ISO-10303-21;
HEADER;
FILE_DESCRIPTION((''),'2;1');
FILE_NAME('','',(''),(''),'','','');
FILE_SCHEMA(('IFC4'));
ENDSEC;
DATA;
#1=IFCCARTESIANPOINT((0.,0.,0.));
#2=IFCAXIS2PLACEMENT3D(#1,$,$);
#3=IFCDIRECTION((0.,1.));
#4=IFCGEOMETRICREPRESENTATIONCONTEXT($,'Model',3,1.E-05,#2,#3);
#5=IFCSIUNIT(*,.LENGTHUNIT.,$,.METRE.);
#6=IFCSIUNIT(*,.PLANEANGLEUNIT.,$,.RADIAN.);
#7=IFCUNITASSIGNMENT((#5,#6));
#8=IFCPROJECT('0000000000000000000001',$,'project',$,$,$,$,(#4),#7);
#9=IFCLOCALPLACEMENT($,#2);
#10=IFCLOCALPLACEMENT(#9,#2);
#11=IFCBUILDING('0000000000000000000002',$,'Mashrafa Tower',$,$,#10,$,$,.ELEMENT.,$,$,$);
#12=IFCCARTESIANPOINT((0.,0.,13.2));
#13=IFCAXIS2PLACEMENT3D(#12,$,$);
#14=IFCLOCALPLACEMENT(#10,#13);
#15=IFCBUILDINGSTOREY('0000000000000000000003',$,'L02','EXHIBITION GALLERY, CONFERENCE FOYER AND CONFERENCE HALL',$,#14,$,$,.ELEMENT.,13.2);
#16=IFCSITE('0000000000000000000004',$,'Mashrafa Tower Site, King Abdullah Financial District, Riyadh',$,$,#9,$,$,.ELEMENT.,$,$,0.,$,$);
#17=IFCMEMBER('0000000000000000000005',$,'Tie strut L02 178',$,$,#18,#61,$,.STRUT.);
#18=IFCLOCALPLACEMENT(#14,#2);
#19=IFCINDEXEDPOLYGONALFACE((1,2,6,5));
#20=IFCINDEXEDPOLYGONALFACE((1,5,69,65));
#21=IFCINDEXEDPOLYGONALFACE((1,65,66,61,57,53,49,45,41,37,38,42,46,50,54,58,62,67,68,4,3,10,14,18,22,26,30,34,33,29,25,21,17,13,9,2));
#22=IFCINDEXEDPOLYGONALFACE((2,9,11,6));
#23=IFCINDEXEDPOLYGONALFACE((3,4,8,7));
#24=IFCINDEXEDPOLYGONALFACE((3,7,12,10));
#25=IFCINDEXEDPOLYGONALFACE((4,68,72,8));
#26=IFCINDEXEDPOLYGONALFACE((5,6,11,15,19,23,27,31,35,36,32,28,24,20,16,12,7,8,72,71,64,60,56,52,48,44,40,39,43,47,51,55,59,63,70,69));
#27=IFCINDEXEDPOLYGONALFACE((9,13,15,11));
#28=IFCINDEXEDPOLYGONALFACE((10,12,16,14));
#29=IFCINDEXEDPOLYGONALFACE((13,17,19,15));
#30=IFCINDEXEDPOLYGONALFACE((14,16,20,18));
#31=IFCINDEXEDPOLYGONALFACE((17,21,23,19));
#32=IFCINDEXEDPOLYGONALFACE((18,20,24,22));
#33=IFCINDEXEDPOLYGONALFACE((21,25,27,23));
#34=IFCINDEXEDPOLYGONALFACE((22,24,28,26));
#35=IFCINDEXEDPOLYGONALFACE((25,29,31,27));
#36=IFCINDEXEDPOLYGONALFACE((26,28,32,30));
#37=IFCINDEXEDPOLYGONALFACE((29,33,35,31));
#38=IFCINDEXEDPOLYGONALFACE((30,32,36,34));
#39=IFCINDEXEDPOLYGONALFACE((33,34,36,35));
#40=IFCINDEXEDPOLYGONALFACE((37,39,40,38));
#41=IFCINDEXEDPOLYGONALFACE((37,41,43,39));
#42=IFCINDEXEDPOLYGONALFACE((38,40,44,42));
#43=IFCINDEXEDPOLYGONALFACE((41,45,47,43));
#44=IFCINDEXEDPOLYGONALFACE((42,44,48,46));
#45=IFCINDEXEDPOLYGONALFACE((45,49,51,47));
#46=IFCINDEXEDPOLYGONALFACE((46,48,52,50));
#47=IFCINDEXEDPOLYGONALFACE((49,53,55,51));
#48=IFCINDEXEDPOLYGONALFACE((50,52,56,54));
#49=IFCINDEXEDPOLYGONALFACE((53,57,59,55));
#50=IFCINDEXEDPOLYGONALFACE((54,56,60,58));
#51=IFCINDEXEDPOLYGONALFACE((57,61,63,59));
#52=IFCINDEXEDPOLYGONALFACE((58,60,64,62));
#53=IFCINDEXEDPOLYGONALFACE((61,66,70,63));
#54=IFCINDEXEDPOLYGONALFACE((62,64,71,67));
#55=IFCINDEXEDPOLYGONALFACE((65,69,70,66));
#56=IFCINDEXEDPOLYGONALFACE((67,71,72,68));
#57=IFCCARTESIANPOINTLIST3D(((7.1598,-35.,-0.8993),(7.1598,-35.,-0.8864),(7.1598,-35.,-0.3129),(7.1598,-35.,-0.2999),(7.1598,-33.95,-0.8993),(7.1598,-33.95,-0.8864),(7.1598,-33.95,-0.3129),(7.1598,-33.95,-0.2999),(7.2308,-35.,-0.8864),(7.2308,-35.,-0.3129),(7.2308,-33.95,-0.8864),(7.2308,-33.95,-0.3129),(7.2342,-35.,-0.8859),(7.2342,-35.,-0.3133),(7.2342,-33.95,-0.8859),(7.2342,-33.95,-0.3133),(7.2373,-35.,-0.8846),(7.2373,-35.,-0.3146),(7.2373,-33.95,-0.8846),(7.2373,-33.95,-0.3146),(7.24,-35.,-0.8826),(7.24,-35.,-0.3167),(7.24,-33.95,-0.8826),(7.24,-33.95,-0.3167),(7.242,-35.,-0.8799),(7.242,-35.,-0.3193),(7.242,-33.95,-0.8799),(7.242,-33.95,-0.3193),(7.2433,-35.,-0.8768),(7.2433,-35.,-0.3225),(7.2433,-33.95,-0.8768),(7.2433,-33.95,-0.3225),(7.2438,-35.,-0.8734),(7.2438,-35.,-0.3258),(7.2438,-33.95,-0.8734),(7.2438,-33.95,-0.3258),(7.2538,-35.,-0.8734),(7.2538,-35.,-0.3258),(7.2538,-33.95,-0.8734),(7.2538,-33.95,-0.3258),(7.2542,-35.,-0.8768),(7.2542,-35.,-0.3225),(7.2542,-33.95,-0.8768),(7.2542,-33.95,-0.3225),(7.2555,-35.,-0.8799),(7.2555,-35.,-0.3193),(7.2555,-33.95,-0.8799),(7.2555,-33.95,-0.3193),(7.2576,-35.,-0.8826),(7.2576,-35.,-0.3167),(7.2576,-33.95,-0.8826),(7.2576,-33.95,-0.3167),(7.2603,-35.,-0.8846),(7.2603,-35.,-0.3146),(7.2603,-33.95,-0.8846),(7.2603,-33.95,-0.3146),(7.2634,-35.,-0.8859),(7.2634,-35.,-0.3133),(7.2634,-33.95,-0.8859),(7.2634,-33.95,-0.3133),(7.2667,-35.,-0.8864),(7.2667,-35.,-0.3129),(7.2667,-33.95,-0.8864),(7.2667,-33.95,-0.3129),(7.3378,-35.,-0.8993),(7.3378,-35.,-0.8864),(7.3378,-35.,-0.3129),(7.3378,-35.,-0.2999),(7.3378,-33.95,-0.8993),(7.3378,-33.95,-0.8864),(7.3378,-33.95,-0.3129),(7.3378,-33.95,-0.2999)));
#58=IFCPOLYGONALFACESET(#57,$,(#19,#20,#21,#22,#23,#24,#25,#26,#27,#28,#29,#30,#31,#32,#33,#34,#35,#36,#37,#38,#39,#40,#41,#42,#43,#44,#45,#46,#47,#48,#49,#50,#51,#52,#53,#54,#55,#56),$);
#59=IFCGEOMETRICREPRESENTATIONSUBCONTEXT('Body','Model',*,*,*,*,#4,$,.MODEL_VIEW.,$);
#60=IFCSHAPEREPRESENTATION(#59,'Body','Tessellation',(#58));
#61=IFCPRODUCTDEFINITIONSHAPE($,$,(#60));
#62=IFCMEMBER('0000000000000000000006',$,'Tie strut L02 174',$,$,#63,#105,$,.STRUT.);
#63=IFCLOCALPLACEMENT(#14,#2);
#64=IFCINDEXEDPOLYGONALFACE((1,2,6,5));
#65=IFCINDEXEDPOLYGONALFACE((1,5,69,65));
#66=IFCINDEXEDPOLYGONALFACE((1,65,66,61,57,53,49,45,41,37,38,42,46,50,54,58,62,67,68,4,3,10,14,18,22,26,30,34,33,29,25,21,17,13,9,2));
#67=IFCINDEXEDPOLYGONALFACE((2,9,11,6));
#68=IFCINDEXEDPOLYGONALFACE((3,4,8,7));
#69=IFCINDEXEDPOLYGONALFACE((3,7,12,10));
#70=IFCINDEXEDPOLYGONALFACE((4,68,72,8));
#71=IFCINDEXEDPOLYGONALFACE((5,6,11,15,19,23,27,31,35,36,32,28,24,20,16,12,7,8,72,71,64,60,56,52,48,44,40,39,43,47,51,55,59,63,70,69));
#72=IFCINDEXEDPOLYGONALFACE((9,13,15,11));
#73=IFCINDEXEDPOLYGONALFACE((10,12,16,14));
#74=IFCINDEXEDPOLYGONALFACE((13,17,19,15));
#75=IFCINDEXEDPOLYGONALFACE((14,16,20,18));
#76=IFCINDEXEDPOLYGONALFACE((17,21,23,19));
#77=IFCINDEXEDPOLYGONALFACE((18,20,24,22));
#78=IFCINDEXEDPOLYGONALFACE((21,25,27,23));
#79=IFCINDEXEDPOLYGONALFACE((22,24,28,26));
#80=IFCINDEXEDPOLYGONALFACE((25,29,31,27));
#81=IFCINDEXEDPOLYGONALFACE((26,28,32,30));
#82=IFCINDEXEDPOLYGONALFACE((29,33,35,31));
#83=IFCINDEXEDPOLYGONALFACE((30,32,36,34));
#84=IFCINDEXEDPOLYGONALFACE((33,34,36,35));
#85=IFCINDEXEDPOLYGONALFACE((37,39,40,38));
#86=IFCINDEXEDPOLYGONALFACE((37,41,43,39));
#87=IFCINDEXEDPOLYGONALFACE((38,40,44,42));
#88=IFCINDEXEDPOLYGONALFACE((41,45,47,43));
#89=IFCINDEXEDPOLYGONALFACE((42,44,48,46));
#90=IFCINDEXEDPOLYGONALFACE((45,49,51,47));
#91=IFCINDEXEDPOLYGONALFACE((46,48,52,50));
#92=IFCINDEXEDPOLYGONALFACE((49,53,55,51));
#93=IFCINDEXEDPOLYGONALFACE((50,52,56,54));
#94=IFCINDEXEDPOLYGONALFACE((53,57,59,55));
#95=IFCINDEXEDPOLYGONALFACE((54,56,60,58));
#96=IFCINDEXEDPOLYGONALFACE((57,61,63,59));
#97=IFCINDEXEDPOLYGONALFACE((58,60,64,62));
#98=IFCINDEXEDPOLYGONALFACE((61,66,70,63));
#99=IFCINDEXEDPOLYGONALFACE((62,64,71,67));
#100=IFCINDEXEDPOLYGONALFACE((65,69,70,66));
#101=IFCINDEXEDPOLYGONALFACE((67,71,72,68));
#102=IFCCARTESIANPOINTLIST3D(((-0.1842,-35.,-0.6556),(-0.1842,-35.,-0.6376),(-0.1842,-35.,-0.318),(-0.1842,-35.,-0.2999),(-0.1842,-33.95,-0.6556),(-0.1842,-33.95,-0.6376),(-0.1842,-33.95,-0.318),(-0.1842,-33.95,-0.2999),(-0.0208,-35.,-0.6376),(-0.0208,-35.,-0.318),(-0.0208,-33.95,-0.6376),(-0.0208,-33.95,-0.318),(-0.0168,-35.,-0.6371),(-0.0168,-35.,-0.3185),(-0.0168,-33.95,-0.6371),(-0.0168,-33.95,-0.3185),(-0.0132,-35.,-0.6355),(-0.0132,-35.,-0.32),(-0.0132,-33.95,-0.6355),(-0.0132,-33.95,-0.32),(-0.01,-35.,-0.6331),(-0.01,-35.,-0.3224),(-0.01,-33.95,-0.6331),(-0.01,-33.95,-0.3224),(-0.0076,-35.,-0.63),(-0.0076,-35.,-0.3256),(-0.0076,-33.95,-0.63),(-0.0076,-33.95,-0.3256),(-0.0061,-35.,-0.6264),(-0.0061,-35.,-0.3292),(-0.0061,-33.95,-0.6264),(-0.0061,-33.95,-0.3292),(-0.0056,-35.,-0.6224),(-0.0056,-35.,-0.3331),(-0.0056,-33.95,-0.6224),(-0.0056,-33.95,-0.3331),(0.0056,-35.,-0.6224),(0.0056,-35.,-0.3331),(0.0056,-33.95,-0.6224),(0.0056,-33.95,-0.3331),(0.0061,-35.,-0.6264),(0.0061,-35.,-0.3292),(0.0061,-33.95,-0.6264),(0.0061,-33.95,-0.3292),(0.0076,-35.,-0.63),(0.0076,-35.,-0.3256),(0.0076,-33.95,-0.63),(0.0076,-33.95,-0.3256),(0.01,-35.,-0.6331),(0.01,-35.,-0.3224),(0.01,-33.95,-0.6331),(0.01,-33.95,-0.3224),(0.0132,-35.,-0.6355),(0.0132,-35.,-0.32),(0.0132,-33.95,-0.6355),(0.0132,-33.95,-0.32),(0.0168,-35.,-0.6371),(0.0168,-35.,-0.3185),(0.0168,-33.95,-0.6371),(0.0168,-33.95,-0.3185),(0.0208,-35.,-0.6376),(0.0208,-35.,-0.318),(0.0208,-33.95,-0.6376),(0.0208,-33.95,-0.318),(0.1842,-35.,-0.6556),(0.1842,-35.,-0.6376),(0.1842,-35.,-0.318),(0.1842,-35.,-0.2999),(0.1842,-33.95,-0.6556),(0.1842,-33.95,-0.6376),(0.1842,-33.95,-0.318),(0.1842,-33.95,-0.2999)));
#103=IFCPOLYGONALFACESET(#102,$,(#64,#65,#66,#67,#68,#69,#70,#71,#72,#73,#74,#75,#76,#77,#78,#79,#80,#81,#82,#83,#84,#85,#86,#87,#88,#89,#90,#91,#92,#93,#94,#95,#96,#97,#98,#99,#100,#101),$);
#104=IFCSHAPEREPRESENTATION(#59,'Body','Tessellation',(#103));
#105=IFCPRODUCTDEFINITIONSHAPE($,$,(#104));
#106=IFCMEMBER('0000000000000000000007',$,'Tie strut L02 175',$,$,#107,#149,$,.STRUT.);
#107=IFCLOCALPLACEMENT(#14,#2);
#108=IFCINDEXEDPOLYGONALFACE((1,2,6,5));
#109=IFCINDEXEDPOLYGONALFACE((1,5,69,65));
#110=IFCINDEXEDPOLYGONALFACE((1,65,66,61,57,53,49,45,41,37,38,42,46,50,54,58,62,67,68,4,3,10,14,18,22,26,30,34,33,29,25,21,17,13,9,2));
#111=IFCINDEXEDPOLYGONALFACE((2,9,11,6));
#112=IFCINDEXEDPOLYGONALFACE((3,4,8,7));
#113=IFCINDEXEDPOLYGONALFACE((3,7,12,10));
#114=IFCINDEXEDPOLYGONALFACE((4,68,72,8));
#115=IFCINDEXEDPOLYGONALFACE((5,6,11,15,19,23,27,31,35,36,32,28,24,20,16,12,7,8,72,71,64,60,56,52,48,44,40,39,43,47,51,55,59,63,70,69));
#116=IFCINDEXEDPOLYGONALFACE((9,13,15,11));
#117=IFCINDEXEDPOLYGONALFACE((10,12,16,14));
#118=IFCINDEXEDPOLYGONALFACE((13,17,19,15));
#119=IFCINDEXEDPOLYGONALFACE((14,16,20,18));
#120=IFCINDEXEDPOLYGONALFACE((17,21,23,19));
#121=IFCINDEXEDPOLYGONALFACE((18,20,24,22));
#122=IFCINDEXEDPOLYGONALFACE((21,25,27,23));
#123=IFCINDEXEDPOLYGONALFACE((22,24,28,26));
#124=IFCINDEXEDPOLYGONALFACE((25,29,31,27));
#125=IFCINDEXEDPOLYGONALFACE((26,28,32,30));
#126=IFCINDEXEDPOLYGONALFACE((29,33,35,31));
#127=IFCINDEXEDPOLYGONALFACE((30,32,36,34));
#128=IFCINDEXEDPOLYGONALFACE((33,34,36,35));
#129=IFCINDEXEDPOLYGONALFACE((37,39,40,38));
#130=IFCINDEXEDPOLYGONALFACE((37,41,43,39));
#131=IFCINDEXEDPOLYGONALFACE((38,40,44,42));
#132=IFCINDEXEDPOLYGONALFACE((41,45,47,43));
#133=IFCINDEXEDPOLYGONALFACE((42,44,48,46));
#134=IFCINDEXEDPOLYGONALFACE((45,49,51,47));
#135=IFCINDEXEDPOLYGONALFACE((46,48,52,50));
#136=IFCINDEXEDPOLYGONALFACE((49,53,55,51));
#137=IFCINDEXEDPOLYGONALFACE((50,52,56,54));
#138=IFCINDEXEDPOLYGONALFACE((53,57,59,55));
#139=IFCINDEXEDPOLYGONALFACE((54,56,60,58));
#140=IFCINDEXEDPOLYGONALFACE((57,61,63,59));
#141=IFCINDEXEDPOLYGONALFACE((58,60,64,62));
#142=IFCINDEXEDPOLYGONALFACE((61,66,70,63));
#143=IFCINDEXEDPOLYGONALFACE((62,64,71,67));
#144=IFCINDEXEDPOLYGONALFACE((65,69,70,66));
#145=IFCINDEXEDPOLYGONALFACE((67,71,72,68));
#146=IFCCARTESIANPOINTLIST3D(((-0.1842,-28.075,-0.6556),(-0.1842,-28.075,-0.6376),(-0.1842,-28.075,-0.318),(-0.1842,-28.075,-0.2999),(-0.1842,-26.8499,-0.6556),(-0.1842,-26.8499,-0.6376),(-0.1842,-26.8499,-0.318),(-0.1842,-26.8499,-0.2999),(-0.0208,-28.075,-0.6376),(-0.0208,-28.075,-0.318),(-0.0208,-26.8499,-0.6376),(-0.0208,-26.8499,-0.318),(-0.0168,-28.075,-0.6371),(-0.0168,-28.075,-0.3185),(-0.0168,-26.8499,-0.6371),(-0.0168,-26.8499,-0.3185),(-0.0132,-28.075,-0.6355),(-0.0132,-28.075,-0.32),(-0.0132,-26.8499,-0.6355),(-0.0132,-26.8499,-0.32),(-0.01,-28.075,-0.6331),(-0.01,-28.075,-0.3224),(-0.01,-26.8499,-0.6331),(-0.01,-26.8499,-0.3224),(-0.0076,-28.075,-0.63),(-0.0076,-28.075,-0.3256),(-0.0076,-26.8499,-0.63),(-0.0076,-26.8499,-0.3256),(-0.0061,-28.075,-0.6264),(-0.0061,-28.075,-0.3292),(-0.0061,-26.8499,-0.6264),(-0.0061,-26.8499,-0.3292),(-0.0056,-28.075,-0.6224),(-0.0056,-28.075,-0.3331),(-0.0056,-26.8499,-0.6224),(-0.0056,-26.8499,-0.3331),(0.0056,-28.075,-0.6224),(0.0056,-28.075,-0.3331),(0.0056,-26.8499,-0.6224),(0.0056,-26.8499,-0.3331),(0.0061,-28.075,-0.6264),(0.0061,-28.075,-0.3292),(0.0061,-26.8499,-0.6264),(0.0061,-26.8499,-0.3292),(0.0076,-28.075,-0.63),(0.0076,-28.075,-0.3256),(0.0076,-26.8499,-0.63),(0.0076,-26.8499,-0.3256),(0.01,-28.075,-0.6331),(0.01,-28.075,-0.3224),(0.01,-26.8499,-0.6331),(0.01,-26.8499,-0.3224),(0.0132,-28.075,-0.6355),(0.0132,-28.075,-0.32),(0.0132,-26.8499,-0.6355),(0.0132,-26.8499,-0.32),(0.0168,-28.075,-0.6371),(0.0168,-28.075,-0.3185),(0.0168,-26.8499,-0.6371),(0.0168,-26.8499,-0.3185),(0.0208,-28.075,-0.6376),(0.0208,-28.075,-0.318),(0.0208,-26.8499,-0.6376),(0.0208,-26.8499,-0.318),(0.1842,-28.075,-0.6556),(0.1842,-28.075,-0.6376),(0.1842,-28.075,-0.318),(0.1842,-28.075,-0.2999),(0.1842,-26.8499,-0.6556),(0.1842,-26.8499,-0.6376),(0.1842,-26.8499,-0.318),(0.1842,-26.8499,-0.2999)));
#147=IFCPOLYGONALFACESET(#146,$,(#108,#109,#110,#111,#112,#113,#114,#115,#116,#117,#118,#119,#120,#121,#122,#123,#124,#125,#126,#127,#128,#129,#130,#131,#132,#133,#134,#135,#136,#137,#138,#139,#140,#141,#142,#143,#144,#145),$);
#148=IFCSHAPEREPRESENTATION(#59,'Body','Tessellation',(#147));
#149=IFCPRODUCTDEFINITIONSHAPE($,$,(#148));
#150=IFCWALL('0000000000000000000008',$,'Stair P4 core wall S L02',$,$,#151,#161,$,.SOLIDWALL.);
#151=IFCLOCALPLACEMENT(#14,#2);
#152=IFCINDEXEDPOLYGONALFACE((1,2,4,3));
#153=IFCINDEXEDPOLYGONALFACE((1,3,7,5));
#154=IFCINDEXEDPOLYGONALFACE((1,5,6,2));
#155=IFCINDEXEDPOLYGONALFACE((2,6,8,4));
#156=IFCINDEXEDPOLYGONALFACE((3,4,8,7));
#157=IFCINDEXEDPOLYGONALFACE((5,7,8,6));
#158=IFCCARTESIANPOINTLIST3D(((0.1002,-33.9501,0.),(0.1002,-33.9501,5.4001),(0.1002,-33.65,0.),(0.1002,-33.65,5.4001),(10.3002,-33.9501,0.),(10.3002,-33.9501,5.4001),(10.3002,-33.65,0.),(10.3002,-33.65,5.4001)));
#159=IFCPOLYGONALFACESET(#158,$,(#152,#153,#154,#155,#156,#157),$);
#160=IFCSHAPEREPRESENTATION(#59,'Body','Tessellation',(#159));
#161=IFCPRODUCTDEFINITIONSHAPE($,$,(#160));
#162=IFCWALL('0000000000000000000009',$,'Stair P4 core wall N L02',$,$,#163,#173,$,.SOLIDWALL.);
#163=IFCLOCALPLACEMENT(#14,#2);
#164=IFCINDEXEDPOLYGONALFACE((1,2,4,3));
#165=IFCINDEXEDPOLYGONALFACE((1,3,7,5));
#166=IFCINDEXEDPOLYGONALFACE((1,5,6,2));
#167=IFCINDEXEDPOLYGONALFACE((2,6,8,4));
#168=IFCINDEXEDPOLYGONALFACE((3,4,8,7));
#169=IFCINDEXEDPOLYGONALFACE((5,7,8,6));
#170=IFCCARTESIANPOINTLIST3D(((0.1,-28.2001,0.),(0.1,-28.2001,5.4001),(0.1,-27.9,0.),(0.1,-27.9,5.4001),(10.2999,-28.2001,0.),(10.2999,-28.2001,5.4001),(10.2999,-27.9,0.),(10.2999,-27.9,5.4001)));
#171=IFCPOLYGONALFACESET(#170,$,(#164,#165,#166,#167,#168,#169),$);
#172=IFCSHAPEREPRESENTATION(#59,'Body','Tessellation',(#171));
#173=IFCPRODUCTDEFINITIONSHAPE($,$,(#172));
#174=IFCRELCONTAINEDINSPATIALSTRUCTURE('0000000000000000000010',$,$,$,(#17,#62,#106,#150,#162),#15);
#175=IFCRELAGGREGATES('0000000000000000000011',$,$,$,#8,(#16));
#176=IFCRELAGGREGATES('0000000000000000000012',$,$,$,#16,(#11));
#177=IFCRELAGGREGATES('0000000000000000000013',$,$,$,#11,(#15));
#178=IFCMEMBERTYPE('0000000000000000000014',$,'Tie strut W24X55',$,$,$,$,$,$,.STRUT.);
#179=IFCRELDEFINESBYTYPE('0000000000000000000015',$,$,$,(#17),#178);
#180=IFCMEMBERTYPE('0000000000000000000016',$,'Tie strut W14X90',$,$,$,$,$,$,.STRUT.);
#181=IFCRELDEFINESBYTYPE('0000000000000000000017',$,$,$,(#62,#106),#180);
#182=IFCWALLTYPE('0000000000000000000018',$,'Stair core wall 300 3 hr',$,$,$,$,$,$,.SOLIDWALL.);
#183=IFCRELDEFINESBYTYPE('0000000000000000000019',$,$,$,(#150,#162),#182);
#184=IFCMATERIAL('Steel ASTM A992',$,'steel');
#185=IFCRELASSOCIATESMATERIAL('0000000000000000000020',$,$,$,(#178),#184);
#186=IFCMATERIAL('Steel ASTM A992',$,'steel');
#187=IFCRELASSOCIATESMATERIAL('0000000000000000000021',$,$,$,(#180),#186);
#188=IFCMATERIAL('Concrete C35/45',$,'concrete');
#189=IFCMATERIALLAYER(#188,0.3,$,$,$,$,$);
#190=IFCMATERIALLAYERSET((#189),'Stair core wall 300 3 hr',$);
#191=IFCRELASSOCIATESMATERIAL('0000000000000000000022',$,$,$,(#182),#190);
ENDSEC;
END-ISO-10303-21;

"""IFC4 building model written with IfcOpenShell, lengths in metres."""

from ifc_helpers import new_model, si_unit, direction, frame, frame_2d, origin, origin_2d, place, context, subcontext, project, spatial, rectangle, i_section, extrude, source, transform, mapped, material, layer, layer_set, material_profile, profile_set, type_object, type_shapes, element, save


model = new_model("IFC4")

# Units and contexts
model_context = context("Model", 3, precision=1e-05, world=origin(), true_north=direction((0.0, 1.0)))
body_context = subcontext(model_context, "Body", "Model", "MODEL_VIEW")
ifc_project = project(units=[si_unit("LENGTHUNIT", "METRE"), si_unit("PLANEANGLEUNIT", "RADIAN")], contexts=[model_context])

# Site, building, storey
site_placement = place(None, origin())
site = spatial("IfcSite", under=ifc_project, at=site_placement, Name="Mashrafa Tower Site, King Abdullah Financial District, Riyadh", CompositionType="ELEMENT", RefElevation=0.0)
building_placement = place(site_placement, origin())
building = spatial("IfcBuilding", under=site, at=building_placement, Name="Mashrafa Tower", CompositionType="ELEMENT")
storey_placement = place(building_placement, frame((0.0, 0.0, 13.2)))
storey = spatial("IfcBuildingStorey", under=building, at=storey_placement, Name="L02", Description="EXHIBITION GALLERY, CONFERENCE FOYER AND CONFERENCE HALL", CompositionType="ELEMENT", Elevation=13.2)

# Members
ifc_material_1 = material(Name="Steel ASTM A992", Category="steel")
ifc_material_profile_1 = material_profile(ifc_material_1, i_section(OverallWidth=0.178, OverallDepth=0.5994, WebThickness=0.01, FlangeThickness=0.0129, FilletRadius=0.0129, at=origin_2d()), Name="W24X55")
ifc_profile_set_1 = profile_set([ifc_material_profile_1], Name="Steel ASTM A992")
member_type_1 = type_object("IfcMemberType", Name="Tie strut W24X55", PredefinedType="STRUT", material=ifc_profile_set_1)
shared_shape_1 = source(origin(), body_context, "Body", "SweptSolid", [
    extrude(i_section(OverallWidth=0.178, OverallDepth=0.5994, WebThickness=0.01, FlangeThickness=0.0129, FilletRadius=0.0129, at=origin_2d()), origin(), (0.0, 0.0, 1.0), 1.05),
])
type_shapes(member_type_1, [shared_shape_1])
member_1_placement = place(storey_placement, frame((7.2488, -33.95, -0.5996), z_axis=(0.0, -1.0, 0.0), x_axis=(1.0, 0.0, 0.0)))
element("IfcMember", 1, at=member_1_placement, inside=storey, type_object=member_type_1, Name="Tie strut L02 178", PredefinedType="STRUT", context=body_context, shape_type="MappedRepresentation", body=[
    mapped(shared_shape_1, transform((0.0, 0.0, 0.0))),
])
ifc_material_2 = material(Name="Steel ASTM A992", Category="steel")
ifc_material_profile_2 = material_profile(ifc_material_2, i_section(OverallWidth=0.3684, OverallDepth=0.3557, WebThickness=0.0112, FlangeThickness=0.0181, FilletRadius=0.0151, at=origin_2d()), Name="W14X90")
ifc_profile_set_2 = profile_set([ifc_material_profile_2], Name="Steel ASTM A992")
member_type_2 = type_object("IfcMemberType", Name="Tie strut W14X90", PredefinedType="STRUT", material=ifc_profile_set_2)
shared_shape_2 = source(origin(), body_context, "Body", "SweptSolid", [
    extrude(i_section(OverallWidth=0.3684, OverallDepth=0.3557, WebThickness=0.0112, FlangeThickness=0.0181, FilletRadius=0.0151, at=origin_2d()), origin(), (0.0, 0.0, 1.0), 1.05),
])
member_2_placement = place(storey_placement, frame((0.0, -33.95, -0.4778), z_axis=(0.0, -1.0, 0.0), x_axis=(1.0, 0.0, 0.0)))
element("IfcMember", 2, at=member_2_placement, inside=storey, type_object=member_type_2, Name="Tie strut L02 174", PredefinedType="STRUT", context=body_context, shape_type="MappedRepresentation", body=[
    mapped(shared_shape_2, transform((0.0, 0.0, 0.0))),
])
shared_shape_3 = source(origin(), body_context, "Body", "SweptSolid", [
    extrude(i_section(OverallWidth=0.3684, OverallDepth=0.3557, WebThickness=0.0112, FlangeThickness=0.0181, FilletRadius=0.0151, at=origin_2d()), origin(), (0.0, 0.0, 1.0), 1.2251),
])
type_shapes(member_type_2, [shared_shape_2, shared_shape_3])
member_3_placement = place(storey_placement, frame((0.0, -26.8499, -0.4778), z_axis=(0.0, -1.0, 0.0), x_axis=(1.0, 0.0, 0.0)))
element("IfcMember", 3, at=member_3_placement, inside=storey, type_object=member_type_2, Name="Tie strut L02 175", PredefinedType="STRUT", context=body_context, shape_type="MappedRepresentation", body=[
    mapped(shared_shape_3, transform((0.0, 0.0, 0.0))),
])

# Walls
ifc_material_3 = material(Name="Concrete C35/45", Category="concrete")
ifc_layer = layer(ifc_material_3, 0.3)
ifc_layer_set = layer_set([ifc_layer], Name="Stair core wall 300 3 hr")
wall_type = type_object("IfcWallType", Name="Stair core wall 300 3 hr", PredefinedType="SOLIDWALL", material=ifc_layer_set)
for number, where, z_axis, x_axis, name in (
    (4, (0.1001, -33.8, 0.0), (0.0, 0.0, 1.0), (1.0, 0.0, 0.0), "Stair P4 core wall S L02"),
    (5, (10.3, -28.05, 0.0), (0.0, 0.0, 1.0), (-1.0, 0.0, 0.0), "Stair P4 core wall N L02"),
):
    element("IfcWall", number, at=place(storey_placement, frame(where, z_axis=z_axis, x_axis=x_axis)), inside=storey, type_object=wall_type, Name=name, PredefinedType="SOLIDWALL", context=body_context, shape_type="SweptSolid", body=[
        extrude(rectangle(XDim=10.2, YDim=0.3, at=frame_2d((5.1001, 0.0))), origin(), (0.0, 0.0, 1.0), 5.4001),
    ])

save(model, "model.ifc")
